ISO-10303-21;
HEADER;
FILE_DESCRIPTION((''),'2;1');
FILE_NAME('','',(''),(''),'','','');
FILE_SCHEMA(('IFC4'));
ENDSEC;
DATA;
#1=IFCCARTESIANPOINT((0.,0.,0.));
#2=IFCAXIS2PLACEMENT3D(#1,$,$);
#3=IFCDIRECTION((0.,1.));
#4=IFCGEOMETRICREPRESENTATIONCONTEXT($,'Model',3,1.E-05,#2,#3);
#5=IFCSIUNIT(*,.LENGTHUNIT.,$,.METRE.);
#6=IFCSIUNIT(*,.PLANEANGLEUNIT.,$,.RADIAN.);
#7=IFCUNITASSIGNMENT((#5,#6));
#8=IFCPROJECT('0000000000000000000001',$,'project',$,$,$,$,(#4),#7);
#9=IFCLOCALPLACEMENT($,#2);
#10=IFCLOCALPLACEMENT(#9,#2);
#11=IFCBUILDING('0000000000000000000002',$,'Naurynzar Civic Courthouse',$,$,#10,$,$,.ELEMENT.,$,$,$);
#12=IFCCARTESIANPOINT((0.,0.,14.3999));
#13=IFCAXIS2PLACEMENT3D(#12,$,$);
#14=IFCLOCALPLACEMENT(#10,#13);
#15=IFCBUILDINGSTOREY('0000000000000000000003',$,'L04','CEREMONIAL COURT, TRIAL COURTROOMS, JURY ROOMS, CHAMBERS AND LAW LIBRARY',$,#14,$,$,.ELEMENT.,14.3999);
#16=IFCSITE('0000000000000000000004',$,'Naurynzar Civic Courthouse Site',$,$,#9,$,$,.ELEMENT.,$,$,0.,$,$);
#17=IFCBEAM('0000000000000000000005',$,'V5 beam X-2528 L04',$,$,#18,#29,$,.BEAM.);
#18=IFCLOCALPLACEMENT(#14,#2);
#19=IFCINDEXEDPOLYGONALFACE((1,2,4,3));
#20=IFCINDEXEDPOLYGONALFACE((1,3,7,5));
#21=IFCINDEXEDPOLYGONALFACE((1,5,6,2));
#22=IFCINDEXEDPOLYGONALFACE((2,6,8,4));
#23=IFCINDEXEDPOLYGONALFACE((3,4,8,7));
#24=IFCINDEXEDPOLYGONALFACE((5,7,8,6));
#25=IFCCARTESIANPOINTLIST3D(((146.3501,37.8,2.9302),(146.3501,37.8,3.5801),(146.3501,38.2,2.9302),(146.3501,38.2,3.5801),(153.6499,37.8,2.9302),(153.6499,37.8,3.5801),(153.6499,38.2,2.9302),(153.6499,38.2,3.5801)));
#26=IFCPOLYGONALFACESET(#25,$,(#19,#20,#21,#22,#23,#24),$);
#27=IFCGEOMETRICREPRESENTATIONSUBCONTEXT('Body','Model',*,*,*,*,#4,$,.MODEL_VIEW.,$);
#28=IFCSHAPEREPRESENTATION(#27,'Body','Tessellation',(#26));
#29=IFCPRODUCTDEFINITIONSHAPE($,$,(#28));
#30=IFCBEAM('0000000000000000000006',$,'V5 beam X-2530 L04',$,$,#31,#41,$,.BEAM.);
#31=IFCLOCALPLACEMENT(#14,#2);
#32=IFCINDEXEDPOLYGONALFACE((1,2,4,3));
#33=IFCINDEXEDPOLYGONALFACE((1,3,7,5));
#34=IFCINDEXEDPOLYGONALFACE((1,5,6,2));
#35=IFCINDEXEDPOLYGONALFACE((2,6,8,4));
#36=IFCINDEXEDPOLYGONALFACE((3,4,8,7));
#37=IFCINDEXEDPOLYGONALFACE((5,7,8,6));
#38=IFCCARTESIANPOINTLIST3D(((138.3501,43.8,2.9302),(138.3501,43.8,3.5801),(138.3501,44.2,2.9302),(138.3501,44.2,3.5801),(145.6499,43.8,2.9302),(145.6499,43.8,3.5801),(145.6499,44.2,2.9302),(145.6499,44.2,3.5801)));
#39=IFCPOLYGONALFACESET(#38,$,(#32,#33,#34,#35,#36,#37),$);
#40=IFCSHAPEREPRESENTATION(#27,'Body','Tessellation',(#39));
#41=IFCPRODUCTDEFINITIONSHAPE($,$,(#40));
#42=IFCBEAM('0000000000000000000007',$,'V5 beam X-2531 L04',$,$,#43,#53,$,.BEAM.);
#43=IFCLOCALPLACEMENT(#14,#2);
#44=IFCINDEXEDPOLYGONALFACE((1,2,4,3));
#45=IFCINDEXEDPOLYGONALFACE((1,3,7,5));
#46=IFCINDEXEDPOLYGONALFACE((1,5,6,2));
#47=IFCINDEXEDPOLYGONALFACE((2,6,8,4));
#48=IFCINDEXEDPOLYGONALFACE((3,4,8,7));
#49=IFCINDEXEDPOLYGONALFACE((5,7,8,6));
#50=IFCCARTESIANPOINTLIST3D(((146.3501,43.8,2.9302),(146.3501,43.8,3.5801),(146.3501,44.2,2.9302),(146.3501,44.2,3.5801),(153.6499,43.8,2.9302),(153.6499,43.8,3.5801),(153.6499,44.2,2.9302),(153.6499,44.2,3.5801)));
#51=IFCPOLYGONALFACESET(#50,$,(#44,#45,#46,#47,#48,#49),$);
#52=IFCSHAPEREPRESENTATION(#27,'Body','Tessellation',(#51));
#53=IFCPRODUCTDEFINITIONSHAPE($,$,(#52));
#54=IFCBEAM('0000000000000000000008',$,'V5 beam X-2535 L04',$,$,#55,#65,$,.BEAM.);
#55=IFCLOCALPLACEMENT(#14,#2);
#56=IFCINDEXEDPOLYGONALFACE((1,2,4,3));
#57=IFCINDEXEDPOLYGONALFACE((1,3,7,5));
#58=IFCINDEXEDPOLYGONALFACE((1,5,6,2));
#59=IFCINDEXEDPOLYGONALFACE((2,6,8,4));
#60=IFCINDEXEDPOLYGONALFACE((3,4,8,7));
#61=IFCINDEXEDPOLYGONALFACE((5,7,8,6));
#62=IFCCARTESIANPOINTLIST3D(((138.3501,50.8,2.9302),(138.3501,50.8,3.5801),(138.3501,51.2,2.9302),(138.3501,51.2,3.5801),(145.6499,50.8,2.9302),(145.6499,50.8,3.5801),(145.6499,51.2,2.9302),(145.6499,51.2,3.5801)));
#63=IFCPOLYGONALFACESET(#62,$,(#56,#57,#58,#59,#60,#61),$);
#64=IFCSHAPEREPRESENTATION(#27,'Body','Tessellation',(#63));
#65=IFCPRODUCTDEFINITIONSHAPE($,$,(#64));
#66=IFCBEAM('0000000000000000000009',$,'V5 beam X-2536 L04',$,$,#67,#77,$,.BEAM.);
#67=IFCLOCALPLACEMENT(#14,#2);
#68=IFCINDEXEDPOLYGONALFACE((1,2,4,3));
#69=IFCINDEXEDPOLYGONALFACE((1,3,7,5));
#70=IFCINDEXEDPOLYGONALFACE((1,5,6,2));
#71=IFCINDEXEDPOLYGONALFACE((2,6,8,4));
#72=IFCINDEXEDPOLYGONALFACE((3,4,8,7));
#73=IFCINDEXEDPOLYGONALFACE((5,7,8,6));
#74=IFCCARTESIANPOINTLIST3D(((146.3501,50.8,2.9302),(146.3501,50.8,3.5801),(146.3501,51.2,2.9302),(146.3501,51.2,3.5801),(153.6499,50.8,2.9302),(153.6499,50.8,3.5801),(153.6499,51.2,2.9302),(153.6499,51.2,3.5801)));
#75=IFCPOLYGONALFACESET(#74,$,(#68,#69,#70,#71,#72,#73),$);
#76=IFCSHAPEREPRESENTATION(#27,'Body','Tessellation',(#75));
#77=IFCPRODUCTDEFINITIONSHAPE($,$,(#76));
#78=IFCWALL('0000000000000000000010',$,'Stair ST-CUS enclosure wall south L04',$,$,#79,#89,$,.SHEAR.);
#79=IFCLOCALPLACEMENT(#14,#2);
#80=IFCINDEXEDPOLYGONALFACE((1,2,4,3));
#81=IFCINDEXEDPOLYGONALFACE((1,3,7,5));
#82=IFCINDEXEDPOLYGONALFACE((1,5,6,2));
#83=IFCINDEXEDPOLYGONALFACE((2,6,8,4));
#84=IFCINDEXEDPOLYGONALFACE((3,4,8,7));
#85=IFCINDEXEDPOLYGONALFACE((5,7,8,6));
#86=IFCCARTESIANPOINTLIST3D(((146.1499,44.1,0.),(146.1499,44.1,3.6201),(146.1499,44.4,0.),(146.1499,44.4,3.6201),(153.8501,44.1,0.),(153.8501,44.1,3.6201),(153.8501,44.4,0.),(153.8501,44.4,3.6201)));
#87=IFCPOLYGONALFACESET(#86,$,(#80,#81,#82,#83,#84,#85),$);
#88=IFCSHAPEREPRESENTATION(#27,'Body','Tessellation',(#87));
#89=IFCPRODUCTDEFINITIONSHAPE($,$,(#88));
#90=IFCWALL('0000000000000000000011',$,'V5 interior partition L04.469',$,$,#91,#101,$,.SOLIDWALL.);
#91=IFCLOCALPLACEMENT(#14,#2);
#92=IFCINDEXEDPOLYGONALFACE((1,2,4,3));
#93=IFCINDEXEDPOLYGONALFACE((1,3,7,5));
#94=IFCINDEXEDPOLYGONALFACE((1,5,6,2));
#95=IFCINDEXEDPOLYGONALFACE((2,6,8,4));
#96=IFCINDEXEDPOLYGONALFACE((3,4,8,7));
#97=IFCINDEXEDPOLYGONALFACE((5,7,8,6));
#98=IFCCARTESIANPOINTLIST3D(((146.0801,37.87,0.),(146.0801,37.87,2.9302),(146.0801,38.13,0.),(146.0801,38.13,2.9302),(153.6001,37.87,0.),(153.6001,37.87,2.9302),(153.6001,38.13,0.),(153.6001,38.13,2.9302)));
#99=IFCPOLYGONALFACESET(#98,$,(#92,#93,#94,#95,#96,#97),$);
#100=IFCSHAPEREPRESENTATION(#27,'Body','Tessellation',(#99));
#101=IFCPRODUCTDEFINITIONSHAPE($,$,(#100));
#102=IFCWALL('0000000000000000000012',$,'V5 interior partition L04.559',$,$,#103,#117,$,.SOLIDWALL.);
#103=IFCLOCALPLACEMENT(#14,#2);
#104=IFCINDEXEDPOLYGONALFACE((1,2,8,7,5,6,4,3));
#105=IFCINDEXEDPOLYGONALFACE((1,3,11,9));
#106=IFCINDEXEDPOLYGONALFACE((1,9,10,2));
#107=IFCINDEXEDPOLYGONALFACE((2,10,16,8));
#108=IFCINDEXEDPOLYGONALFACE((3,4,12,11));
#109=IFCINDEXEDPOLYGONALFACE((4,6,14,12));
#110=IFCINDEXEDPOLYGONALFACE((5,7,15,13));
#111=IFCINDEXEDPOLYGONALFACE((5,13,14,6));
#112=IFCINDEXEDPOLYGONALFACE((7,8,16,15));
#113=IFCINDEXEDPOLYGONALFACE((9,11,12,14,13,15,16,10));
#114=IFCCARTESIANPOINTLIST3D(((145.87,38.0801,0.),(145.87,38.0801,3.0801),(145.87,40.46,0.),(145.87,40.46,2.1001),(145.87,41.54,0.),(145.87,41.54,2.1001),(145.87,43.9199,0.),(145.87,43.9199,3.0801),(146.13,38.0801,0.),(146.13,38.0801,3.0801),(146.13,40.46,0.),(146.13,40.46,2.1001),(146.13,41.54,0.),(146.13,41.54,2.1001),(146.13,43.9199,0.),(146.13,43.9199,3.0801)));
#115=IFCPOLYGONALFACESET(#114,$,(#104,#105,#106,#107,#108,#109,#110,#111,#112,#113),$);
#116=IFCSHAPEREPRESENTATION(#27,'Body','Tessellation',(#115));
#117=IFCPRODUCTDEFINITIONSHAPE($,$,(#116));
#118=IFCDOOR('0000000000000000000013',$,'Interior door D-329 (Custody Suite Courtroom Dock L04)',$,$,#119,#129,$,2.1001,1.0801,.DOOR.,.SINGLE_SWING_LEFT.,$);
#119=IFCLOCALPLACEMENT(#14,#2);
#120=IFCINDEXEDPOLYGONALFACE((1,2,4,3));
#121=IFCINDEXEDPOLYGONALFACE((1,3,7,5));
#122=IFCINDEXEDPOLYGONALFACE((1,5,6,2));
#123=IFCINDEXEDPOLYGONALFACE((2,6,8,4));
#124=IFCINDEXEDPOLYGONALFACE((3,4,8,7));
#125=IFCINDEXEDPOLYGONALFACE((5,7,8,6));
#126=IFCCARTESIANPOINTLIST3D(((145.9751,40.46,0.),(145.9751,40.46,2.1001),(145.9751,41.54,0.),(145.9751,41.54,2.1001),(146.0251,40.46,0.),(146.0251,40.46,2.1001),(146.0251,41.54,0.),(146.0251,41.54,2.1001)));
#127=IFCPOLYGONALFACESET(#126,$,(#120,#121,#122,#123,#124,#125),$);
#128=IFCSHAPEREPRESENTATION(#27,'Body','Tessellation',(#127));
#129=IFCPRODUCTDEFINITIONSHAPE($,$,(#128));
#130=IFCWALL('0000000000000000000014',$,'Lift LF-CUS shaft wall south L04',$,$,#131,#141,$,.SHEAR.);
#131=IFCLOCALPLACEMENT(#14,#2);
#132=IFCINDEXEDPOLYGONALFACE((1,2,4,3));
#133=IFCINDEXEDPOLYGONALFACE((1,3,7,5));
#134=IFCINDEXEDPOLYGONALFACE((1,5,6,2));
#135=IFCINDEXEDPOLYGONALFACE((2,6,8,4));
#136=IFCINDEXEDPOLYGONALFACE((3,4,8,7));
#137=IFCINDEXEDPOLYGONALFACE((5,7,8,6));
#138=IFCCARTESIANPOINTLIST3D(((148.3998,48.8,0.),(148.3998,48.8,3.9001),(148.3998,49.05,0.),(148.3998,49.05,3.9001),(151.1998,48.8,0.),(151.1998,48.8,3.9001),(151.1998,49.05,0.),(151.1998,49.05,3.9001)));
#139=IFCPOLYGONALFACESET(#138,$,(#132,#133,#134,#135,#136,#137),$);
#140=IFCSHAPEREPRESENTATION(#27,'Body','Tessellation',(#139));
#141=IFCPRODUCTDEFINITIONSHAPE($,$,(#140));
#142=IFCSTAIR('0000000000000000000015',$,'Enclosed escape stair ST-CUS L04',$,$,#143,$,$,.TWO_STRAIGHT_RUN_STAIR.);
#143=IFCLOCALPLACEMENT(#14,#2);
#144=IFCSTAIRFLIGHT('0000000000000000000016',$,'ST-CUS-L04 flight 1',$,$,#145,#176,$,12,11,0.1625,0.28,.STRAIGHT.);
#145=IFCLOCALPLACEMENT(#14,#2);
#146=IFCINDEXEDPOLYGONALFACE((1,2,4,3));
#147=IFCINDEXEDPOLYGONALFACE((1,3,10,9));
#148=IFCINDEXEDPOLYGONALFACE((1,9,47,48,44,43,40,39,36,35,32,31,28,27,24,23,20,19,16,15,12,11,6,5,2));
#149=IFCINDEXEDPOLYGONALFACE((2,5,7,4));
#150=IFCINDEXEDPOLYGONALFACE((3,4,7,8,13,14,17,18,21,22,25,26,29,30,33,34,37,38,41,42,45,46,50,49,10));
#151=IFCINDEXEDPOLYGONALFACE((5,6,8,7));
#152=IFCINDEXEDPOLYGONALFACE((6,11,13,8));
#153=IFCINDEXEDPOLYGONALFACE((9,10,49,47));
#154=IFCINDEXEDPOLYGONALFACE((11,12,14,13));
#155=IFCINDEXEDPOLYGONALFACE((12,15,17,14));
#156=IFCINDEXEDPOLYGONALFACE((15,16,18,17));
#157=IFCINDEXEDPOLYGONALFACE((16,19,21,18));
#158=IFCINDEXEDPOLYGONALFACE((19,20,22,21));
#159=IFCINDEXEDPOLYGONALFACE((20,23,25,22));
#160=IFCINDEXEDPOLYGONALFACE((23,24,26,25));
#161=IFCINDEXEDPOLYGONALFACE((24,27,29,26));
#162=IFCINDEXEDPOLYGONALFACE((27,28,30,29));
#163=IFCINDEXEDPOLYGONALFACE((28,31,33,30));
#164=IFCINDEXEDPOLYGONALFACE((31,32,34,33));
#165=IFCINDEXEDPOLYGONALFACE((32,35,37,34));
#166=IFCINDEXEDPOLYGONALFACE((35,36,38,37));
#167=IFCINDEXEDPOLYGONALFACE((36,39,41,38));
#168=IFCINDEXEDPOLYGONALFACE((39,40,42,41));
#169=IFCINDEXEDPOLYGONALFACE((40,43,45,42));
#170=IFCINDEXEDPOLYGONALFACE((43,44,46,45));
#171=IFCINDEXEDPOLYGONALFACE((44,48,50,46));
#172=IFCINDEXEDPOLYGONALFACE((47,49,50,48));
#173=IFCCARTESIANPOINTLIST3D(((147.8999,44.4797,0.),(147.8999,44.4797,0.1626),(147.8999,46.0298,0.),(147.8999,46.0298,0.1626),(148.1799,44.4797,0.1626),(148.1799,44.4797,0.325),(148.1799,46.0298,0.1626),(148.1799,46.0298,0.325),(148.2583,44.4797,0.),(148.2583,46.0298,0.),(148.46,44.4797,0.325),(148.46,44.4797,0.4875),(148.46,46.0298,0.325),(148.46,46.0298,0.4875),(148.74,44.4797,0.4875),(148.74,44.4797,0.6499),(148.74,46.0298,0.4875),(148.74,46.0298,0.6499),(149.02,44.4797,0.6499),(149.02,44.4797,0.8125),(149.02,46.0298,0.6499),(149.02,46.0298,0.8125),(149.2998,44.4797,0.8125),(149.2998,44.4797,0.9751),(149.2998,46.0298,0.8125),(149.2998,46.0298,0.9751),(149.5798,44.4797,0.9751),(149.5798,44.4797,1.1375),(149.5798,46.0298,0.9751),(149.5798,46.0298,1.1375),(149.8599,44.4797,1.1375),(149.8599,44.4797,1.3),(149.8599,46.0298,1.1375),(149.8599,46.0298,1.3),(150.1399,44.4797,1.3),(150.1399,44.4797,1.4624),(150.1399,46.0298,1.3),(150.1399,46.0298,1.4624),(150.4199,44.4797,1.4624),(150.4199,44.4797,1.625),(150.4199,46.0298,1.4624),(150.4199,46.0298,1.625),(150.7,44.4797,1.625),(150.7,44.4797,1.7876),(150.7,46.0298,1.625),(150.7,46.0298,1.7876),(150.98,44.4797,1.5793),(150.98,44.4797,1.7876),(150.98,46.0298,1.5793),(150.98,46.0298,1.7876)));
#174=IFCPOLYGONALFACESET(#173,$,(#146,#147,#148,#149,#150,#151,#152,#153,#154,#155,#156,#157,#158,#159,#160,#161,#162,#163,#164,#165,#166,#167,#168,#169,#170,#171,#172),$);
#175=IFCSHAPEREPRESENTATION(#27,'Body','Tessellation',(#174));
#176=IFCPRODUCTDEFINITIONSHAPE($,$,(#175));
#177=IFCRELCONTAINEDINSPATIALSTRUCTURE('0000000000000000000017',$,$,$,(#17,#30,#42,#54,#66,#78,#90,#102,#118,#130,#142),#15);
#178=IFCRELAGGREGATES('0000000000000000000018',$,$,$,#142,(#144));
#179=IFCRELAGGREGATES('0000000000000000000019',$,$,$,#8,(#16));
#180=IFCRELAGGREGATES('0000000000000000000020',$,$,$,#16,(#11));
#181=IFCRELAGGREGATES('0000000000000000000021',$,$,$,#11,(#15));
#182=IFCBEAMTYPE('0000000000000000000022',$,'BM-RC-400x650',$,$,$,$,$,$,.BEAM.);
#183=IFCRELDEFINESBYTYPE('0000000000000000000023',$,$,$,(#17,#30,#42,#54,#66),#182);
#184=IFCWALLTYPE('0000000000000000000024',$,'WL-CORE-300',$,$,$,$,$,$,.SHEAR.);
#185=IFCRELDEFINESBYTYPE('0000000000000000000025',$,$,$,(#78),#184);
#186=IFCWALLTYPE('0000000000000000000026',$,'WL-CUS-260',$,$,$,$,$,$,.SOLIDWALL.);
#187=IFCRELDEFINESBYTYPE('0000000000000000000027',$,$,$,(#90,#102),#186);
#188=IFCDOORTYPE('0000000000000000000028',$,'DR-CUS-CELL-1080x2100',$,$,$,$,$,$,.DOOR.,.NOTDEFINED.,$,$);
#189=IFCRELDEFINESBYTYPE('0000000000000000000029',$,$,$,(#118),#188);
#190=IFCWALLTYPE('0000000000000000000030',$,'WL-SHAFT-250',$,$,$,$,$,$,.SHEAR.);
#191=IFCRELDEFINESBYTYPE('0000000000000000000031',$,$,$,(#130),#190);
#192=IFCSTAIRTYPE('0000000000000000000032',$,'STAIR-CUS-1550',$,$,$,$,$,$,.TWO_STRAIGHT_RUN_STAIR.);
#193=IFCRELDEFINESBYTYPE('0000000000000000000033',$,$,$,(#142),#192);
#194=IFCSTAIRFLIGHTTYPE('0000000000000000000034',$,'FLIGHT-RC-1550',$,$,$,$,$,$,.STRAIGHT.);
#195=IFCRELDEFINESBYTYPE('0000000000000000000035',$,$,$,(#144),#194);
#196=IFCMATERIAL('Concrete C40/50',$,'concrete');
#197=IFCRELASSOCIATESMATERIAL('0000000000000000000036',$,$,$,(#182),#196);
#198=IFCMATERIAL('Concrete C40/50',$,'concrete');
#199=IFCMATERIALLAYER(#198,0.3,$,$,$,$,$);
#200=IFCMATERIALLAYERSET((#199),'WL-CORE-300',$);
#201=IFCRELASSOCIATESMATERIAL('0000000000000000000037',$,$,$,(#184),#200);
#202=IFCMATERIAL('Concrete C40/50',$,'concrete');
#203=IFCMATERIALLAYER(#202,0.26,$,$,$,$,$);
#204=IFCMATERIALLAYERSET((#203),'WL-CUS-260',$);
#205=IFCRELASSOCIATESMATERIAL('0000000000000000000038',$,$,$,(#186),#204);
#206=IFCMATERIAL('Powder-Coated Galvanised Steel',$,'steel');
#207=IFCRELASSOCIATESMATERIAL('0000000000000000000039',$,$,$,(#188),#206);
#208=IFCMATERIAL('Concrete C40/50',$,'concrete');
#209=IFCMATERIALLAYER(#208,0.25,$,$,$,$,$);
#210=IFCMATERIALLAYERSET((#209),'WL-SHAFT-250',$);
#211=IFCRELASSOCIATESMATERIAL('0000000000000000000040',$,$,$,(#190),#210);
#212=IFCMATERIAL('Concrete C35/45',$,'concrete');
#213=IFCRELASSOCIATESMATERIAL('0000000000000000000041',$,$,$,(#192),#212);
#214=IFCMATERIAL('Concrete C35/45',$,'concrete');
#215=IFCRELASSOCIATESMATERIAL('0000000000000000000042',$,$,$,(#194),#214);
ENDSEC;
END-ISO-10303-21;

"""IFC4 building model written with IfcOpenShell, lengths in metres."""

from ifc_helpers import new_model, si_unit, direction, frame, frame_2d, origin, origin_2d, place, context, subcontext, project, spatial, polyline, rectangle, outline, extrude, material, layer, layer_set, material_profile, profile_set, type_object, element, fill, aggregate, save


model = new_model("IFC4")

# Units and contexts
model_context = context("Model", 3, precision=1e-05, world=origin(), true_north=direction((0.0, 1.0)))
body_context = subcontext(model_context, "Body", "Model", "MODEL_VIEW")
ifc_project = project(units=[si_unit("LENGTHUNIT", "METRE"), si_unit("PLANEANGLEUNIT", "RADIAN")], contexts=[model_context])

# Site, building, storey
site_placement = place(None, origin())
site = spatial("IfcSite", under=ifc_project, at=site_placement, Name="Naurynzar Civic Courthouse Site", CompositionType="ELEMENT", RefElevation=0.0)
building_placement = place(site_placement, origin())
building = spatial("IfcBuilding", under=site, at=building_placement, Name="Naurynzar Civic Courthouse", CompositionType="ELEMENT")
storey_placement = place(building_placement, frame((0.0, 0.0, 14.3999)))
storey = spatial("IfcBuildingStorey", under=building, at=storey_placement, Name="L04", Description="CEREMONIAL COURT, TRIAL COURTROOMS, JURY ROOMS, CHAMBERS AND LAW LIBRARY", CompositionType="ELEMENT", Elevation=14.3999)

# Beams
ifc_material_1 = material(Name="Concrete C40/50", Category="concrete")
ifc_material_profile_1 = material_profile(ifc_material_1, rectangle(XDim=0.3999, YDim=0.6499, at=origin_2d()), Name="RCB 400x650")
ifc_profile_set_1 = profile_set([ifc_material_profile_1], Name="Concrete C40/50")
beam_type_1 = type_object("IfcBeamType", Name="BM-RC-400x650", PredefinedType="BEAM", material=ifc_profile_set_1)
for number, where, z_axis, x_axis, name in (
    (1, (146.3501, 38.0, 3.2551), (1.0, 0.0, 0.0), (0.0, 1.0, 0.0), "V5 beam X-2528 L04"),
    (2, (138.3501, 44.0, 3.2551), (1.0, 0.0, 0.0), (0.0, 1.0, 0.0), "V5 beam X-2530 L04"),
    (3, (146.3501, 44.0, 3.2551), (1.0, 0.0, 0.0), (0.0, 1.0, 0.0), "V5 beam X-2531 L04"),
    (4, (138.3501, 51.0, 3.2551), (1.0, 0.0, 0.0), (0.0, 1.0, 0.0), "V5 beam X-2535 L04"),
    (5, (146.3501, 51.0, 3.2551), (1.0, 0.0, 0.0), (0.0, 1.0, 0.0), "V5 beam X-2536 L04"),
):
    element("IfcBeam", number, at=place(storey_placement, frame(where, z_axis=z_axis, x_axis=x_axis)), inside=storey, type_object=beam_type_1, Name=name, PredefinedType="BEAM", context=body_context, shape_type="SweptSolid", body=[
        extrude(rectangle(XDim=0.3999, YDim=0.6499, at=origin_2d()), origin(), (0.0, 0.0, 1.0), 7.2998),
    ])

# Wall
ifc_material_2 = material(Name="Concrete C40/50", Category="concrete")
ifc_layer_1 = layer(ifc_material_2, 0.3)
ifc_layer_set_1 = layer_set([ifc_layer_1], Name="WL-CORE-300")
wall_type_1 = type_object("IfcWallType", Name="WL-CORE-300", PredefinedType="SHEAR", material=ifc_layer_set_1)
wall_1_placement = place(storey_placement, frame((146.1499, 44.25, 0.0), z_axis=(0.0, 0.0, 1.0), x_axis=(1.0, 0.0, 0.0)))
element("IfcWall", 6, at=wall_1_placement, inside=storey, type_object=wall_type_1, Name="Stair ST-CUS enclosure wall south L04", PredefinedType="SHEAR", context=body_context, shape_type="SweptSolid", body=[
    extrude(rectangle(XDim=7.7002, YDim=0.3, at=frame_2d((3.8501, 0.0))), origin(), (0.0, 0.0, 1.0), 3.6201),
])

# Wall
ifc_material_3 = material(Name="Concrete C40/50", Category="concrete")
ifc_layer_2 = layer(ifc_material_3, 0.26)
ifc_layer_set_2 = layer_set([ifc_layer_2], Name="WL-CUS-260")
wall_type_2 = type_object("IfcWallType", Name="WL-CUS-260", PredefinedType="SOLIDWALL", material=ifc_layer_set_2)
wall_2_placement = place(storey_placement, frame((146.0801, 38.0, 0.0), z_axis=(0.0, 0.0, 1.0), x_axis=(1.0, 0.0, 0.0)))
element("IfcWall", 7, at=wall_2_placement, inside=storey, type_object=wall_type_2, Name="V5 interior partition L04.469", PredefinedType="SOLIDWALL", context=body_context, shape_type="SweptSolid", body=[
    extrude(rectangle(XDim=7.52, YDim=0.26, at=frame_2d((3.76, 0.0))), origin(), (0.0, 0.0, 1.0), 2.9302),
])

# Wall, opening, door
wall_3_placement = place(storey_placement, frame((146.0, 38.0801, 0.0), z_axis=(0.0, 0.0, 1.0), x_axis=(0.0, 1.0, 0.0)))
wall_3 = element("IfcWall", 8, at=wall_3_placement, inside=storey, type_object=wall_type_2, Name="V5 interior partition L04.559", PredefinedType="SOLIDWALL", context=body_context, shape_type="SweptSolid", body=[
    extrude(rectangle(XDim=5.8398, YDim=0.26, at=frame_2d((2.9199, 0.0))), origin(), (0.0, 0.0, 1.0), 3.0801),
])
opening_1_placement = place(wall_3_placement, frame((2.3799, 0.0, 0.0)))
opening_1 = element("IfcOpeningElement", 9, at=opening_1_placement, cuts=wall_3, PredefinedType="OPENING", context=body_context, shape_type="SweptSolid", body=[
    extrude(rectangle(XDim=1.0801, YDim=2.1001, at=frame_2d((0.54, 1.05))), frame((0.0, 0.1399, 0.0), z_axis=(0.0, -1.0, 0.0), x_axis=(1.0, 0.0, 0.0)), (0.0, 0.0, 1.0), 0.28),
])
ifc_material_4 = material(Name="Powder-Coated Galvanised Steel", Category="steel")
door_type_1 = type_object("IfcDoorType", Name="DR-CUS-CELL-1080x2100", OperationType="NOTDEFINED", PredefinedType="DOOR", material=ifc_material_4)
door_1_placement = place(opening_1_placement, origin())
door_1 = element("IfcDoor", 10, at=door_1_placement, inside=storey, type_object=door_type_1, Name="Interior door D-329 (Custody Suite Courtroom Dock L04)", OperationType="SINGLE_SWING_LEFT", OverallHeight=2.1001, OverallWidth=1.0801, PredefinedType="DOOR", context=body_context, shape_type="SweptSolid", body=[
    extrude(rectangle(XDim=1.0801, YDim=2.1001, at=frame_2d((0.54, 1.05))), frame((0.0, 0.0249, 0.0), z_axis=(0.0, -1.0, 0.0), x_axis=(1.0, 0.0, 0.0)), (0.0, 0.0, 1.0), 0.05),
])
fill(opening_1, door_1)

# Wall
ifc_material_5 = material(Name="Concrete C40/50", Category="concrete")
ifc_layer_3 = layer(ifc_material_5, 0.25)
ifc_layer_set_3 = layer_set([ifc_layer_3], Name="WL-SHAFT-250")
wall_type_3 = type_object("IfcWallType", Name="WL-SHAFT-250", PredefinedType="SHEAR", material=ifc_layer_set_3)
wall_4_placement = place(storey_placement, frame((148.3999, 48.925, 0.0), z_axis=(0.0, 0.0, 1.0), x_axis=(1.0, 0.0, 0.0)))
element("IfcWall", 11, at=wall_4_placement, inside=storey, type_object=wall_type_3, Name="Lift LF-CUS shaft wall south L04", PredefinedType="SHEAR", context=body_context, shape_type="SweptSolid", body=[
    extrude(rectangle(XDim=2.8, YDim=0.25, at=frame_2d((1.3999, 0.0))), origin(), (0.0, 0.0, 1.0), 3.9001),
])

# Stair, stair flight
ifc_material_6 = material(Name="Concrete C35/45", Category="concrete")
stair_type = type_object("IfcStairType", Name="STAIR-CUS-1550", PredefinedType="TWO_STRAIGHT_RUN_STAIR", material=ifc_material_6)
stair_placement = place(storey_placement, origin())
stair = element("IfcStair", 12, at=stair_placement, inside=storey, type_object=stair_type, Name="Enclosed escape stair ST-CUS L04", PredefinedType="TWO_STRAIGHT_RUN_STAIR")
ifc_material_7 = material(Name="Concrete C35/45", Category="concrete")
stair_flight_type = type_object("IfcStairFlightType", Name="FLIGHT-RC-1550", PredefinedType="STRAIGHT", material=ifc_material_7)
stair_flight_1_placement = place(storey_placement, frame((147.8999, 45.2549, 0.0), z_axis=(0.0, 0.0, 1.0), x_axis=(1.0, 0.0, 0.0)))
stair_flight_1 = element("IfcStairFlight", 13, at=stair_flight_1_placement, type_object=stair_flight_type, Name="ST-CUS-L04 flight 1", NumberOfRisers=12, NumberOfTreads=11, PredefinedType="STRAIGHT", RiserHeight=0.1625, TreadLength=0.28, context=body_context, shape_type="SweptSolid", body=[
    extrude(outline(polyline([(0.0, 0.0), (0.0, 0.1626), (0.28, 0.1626), (0.28, 0.325), (0.5601, 0.325), (0.5601, 0.4875), (0.8401, 0.4875), (0.8401, 0.6499), (1.1201, 0.6499), (1.1201, 0.8125), (1.3999, 0.8125), (1.3999, 0.9751), (1.6799, 0.9751), (1.6799, 1.1375), (1.96, 1.1375), (1.96, 1.3), (2.24, 1.3), (2.24, 1.4624), (2.52, 1.4624), (2.52, 1.625), (2.8, 1.625), (2.8, 1.7876), (3.0801, 1.7876), (3.0801, 1.95), (3.0801, 1.5793), (0.3584, 0.0), (0.0, 0.0)])), frame((0.0, 0.7749, 0.0), z_axis=(0.0, -1.0, 0.0), x_axis=(1.0, 0.0, 0.0)), (0.0, 0.0, 1.0), 1.55),
])
aggregate(stair, [stair_flight_1])

save(model, "model.ifc")
